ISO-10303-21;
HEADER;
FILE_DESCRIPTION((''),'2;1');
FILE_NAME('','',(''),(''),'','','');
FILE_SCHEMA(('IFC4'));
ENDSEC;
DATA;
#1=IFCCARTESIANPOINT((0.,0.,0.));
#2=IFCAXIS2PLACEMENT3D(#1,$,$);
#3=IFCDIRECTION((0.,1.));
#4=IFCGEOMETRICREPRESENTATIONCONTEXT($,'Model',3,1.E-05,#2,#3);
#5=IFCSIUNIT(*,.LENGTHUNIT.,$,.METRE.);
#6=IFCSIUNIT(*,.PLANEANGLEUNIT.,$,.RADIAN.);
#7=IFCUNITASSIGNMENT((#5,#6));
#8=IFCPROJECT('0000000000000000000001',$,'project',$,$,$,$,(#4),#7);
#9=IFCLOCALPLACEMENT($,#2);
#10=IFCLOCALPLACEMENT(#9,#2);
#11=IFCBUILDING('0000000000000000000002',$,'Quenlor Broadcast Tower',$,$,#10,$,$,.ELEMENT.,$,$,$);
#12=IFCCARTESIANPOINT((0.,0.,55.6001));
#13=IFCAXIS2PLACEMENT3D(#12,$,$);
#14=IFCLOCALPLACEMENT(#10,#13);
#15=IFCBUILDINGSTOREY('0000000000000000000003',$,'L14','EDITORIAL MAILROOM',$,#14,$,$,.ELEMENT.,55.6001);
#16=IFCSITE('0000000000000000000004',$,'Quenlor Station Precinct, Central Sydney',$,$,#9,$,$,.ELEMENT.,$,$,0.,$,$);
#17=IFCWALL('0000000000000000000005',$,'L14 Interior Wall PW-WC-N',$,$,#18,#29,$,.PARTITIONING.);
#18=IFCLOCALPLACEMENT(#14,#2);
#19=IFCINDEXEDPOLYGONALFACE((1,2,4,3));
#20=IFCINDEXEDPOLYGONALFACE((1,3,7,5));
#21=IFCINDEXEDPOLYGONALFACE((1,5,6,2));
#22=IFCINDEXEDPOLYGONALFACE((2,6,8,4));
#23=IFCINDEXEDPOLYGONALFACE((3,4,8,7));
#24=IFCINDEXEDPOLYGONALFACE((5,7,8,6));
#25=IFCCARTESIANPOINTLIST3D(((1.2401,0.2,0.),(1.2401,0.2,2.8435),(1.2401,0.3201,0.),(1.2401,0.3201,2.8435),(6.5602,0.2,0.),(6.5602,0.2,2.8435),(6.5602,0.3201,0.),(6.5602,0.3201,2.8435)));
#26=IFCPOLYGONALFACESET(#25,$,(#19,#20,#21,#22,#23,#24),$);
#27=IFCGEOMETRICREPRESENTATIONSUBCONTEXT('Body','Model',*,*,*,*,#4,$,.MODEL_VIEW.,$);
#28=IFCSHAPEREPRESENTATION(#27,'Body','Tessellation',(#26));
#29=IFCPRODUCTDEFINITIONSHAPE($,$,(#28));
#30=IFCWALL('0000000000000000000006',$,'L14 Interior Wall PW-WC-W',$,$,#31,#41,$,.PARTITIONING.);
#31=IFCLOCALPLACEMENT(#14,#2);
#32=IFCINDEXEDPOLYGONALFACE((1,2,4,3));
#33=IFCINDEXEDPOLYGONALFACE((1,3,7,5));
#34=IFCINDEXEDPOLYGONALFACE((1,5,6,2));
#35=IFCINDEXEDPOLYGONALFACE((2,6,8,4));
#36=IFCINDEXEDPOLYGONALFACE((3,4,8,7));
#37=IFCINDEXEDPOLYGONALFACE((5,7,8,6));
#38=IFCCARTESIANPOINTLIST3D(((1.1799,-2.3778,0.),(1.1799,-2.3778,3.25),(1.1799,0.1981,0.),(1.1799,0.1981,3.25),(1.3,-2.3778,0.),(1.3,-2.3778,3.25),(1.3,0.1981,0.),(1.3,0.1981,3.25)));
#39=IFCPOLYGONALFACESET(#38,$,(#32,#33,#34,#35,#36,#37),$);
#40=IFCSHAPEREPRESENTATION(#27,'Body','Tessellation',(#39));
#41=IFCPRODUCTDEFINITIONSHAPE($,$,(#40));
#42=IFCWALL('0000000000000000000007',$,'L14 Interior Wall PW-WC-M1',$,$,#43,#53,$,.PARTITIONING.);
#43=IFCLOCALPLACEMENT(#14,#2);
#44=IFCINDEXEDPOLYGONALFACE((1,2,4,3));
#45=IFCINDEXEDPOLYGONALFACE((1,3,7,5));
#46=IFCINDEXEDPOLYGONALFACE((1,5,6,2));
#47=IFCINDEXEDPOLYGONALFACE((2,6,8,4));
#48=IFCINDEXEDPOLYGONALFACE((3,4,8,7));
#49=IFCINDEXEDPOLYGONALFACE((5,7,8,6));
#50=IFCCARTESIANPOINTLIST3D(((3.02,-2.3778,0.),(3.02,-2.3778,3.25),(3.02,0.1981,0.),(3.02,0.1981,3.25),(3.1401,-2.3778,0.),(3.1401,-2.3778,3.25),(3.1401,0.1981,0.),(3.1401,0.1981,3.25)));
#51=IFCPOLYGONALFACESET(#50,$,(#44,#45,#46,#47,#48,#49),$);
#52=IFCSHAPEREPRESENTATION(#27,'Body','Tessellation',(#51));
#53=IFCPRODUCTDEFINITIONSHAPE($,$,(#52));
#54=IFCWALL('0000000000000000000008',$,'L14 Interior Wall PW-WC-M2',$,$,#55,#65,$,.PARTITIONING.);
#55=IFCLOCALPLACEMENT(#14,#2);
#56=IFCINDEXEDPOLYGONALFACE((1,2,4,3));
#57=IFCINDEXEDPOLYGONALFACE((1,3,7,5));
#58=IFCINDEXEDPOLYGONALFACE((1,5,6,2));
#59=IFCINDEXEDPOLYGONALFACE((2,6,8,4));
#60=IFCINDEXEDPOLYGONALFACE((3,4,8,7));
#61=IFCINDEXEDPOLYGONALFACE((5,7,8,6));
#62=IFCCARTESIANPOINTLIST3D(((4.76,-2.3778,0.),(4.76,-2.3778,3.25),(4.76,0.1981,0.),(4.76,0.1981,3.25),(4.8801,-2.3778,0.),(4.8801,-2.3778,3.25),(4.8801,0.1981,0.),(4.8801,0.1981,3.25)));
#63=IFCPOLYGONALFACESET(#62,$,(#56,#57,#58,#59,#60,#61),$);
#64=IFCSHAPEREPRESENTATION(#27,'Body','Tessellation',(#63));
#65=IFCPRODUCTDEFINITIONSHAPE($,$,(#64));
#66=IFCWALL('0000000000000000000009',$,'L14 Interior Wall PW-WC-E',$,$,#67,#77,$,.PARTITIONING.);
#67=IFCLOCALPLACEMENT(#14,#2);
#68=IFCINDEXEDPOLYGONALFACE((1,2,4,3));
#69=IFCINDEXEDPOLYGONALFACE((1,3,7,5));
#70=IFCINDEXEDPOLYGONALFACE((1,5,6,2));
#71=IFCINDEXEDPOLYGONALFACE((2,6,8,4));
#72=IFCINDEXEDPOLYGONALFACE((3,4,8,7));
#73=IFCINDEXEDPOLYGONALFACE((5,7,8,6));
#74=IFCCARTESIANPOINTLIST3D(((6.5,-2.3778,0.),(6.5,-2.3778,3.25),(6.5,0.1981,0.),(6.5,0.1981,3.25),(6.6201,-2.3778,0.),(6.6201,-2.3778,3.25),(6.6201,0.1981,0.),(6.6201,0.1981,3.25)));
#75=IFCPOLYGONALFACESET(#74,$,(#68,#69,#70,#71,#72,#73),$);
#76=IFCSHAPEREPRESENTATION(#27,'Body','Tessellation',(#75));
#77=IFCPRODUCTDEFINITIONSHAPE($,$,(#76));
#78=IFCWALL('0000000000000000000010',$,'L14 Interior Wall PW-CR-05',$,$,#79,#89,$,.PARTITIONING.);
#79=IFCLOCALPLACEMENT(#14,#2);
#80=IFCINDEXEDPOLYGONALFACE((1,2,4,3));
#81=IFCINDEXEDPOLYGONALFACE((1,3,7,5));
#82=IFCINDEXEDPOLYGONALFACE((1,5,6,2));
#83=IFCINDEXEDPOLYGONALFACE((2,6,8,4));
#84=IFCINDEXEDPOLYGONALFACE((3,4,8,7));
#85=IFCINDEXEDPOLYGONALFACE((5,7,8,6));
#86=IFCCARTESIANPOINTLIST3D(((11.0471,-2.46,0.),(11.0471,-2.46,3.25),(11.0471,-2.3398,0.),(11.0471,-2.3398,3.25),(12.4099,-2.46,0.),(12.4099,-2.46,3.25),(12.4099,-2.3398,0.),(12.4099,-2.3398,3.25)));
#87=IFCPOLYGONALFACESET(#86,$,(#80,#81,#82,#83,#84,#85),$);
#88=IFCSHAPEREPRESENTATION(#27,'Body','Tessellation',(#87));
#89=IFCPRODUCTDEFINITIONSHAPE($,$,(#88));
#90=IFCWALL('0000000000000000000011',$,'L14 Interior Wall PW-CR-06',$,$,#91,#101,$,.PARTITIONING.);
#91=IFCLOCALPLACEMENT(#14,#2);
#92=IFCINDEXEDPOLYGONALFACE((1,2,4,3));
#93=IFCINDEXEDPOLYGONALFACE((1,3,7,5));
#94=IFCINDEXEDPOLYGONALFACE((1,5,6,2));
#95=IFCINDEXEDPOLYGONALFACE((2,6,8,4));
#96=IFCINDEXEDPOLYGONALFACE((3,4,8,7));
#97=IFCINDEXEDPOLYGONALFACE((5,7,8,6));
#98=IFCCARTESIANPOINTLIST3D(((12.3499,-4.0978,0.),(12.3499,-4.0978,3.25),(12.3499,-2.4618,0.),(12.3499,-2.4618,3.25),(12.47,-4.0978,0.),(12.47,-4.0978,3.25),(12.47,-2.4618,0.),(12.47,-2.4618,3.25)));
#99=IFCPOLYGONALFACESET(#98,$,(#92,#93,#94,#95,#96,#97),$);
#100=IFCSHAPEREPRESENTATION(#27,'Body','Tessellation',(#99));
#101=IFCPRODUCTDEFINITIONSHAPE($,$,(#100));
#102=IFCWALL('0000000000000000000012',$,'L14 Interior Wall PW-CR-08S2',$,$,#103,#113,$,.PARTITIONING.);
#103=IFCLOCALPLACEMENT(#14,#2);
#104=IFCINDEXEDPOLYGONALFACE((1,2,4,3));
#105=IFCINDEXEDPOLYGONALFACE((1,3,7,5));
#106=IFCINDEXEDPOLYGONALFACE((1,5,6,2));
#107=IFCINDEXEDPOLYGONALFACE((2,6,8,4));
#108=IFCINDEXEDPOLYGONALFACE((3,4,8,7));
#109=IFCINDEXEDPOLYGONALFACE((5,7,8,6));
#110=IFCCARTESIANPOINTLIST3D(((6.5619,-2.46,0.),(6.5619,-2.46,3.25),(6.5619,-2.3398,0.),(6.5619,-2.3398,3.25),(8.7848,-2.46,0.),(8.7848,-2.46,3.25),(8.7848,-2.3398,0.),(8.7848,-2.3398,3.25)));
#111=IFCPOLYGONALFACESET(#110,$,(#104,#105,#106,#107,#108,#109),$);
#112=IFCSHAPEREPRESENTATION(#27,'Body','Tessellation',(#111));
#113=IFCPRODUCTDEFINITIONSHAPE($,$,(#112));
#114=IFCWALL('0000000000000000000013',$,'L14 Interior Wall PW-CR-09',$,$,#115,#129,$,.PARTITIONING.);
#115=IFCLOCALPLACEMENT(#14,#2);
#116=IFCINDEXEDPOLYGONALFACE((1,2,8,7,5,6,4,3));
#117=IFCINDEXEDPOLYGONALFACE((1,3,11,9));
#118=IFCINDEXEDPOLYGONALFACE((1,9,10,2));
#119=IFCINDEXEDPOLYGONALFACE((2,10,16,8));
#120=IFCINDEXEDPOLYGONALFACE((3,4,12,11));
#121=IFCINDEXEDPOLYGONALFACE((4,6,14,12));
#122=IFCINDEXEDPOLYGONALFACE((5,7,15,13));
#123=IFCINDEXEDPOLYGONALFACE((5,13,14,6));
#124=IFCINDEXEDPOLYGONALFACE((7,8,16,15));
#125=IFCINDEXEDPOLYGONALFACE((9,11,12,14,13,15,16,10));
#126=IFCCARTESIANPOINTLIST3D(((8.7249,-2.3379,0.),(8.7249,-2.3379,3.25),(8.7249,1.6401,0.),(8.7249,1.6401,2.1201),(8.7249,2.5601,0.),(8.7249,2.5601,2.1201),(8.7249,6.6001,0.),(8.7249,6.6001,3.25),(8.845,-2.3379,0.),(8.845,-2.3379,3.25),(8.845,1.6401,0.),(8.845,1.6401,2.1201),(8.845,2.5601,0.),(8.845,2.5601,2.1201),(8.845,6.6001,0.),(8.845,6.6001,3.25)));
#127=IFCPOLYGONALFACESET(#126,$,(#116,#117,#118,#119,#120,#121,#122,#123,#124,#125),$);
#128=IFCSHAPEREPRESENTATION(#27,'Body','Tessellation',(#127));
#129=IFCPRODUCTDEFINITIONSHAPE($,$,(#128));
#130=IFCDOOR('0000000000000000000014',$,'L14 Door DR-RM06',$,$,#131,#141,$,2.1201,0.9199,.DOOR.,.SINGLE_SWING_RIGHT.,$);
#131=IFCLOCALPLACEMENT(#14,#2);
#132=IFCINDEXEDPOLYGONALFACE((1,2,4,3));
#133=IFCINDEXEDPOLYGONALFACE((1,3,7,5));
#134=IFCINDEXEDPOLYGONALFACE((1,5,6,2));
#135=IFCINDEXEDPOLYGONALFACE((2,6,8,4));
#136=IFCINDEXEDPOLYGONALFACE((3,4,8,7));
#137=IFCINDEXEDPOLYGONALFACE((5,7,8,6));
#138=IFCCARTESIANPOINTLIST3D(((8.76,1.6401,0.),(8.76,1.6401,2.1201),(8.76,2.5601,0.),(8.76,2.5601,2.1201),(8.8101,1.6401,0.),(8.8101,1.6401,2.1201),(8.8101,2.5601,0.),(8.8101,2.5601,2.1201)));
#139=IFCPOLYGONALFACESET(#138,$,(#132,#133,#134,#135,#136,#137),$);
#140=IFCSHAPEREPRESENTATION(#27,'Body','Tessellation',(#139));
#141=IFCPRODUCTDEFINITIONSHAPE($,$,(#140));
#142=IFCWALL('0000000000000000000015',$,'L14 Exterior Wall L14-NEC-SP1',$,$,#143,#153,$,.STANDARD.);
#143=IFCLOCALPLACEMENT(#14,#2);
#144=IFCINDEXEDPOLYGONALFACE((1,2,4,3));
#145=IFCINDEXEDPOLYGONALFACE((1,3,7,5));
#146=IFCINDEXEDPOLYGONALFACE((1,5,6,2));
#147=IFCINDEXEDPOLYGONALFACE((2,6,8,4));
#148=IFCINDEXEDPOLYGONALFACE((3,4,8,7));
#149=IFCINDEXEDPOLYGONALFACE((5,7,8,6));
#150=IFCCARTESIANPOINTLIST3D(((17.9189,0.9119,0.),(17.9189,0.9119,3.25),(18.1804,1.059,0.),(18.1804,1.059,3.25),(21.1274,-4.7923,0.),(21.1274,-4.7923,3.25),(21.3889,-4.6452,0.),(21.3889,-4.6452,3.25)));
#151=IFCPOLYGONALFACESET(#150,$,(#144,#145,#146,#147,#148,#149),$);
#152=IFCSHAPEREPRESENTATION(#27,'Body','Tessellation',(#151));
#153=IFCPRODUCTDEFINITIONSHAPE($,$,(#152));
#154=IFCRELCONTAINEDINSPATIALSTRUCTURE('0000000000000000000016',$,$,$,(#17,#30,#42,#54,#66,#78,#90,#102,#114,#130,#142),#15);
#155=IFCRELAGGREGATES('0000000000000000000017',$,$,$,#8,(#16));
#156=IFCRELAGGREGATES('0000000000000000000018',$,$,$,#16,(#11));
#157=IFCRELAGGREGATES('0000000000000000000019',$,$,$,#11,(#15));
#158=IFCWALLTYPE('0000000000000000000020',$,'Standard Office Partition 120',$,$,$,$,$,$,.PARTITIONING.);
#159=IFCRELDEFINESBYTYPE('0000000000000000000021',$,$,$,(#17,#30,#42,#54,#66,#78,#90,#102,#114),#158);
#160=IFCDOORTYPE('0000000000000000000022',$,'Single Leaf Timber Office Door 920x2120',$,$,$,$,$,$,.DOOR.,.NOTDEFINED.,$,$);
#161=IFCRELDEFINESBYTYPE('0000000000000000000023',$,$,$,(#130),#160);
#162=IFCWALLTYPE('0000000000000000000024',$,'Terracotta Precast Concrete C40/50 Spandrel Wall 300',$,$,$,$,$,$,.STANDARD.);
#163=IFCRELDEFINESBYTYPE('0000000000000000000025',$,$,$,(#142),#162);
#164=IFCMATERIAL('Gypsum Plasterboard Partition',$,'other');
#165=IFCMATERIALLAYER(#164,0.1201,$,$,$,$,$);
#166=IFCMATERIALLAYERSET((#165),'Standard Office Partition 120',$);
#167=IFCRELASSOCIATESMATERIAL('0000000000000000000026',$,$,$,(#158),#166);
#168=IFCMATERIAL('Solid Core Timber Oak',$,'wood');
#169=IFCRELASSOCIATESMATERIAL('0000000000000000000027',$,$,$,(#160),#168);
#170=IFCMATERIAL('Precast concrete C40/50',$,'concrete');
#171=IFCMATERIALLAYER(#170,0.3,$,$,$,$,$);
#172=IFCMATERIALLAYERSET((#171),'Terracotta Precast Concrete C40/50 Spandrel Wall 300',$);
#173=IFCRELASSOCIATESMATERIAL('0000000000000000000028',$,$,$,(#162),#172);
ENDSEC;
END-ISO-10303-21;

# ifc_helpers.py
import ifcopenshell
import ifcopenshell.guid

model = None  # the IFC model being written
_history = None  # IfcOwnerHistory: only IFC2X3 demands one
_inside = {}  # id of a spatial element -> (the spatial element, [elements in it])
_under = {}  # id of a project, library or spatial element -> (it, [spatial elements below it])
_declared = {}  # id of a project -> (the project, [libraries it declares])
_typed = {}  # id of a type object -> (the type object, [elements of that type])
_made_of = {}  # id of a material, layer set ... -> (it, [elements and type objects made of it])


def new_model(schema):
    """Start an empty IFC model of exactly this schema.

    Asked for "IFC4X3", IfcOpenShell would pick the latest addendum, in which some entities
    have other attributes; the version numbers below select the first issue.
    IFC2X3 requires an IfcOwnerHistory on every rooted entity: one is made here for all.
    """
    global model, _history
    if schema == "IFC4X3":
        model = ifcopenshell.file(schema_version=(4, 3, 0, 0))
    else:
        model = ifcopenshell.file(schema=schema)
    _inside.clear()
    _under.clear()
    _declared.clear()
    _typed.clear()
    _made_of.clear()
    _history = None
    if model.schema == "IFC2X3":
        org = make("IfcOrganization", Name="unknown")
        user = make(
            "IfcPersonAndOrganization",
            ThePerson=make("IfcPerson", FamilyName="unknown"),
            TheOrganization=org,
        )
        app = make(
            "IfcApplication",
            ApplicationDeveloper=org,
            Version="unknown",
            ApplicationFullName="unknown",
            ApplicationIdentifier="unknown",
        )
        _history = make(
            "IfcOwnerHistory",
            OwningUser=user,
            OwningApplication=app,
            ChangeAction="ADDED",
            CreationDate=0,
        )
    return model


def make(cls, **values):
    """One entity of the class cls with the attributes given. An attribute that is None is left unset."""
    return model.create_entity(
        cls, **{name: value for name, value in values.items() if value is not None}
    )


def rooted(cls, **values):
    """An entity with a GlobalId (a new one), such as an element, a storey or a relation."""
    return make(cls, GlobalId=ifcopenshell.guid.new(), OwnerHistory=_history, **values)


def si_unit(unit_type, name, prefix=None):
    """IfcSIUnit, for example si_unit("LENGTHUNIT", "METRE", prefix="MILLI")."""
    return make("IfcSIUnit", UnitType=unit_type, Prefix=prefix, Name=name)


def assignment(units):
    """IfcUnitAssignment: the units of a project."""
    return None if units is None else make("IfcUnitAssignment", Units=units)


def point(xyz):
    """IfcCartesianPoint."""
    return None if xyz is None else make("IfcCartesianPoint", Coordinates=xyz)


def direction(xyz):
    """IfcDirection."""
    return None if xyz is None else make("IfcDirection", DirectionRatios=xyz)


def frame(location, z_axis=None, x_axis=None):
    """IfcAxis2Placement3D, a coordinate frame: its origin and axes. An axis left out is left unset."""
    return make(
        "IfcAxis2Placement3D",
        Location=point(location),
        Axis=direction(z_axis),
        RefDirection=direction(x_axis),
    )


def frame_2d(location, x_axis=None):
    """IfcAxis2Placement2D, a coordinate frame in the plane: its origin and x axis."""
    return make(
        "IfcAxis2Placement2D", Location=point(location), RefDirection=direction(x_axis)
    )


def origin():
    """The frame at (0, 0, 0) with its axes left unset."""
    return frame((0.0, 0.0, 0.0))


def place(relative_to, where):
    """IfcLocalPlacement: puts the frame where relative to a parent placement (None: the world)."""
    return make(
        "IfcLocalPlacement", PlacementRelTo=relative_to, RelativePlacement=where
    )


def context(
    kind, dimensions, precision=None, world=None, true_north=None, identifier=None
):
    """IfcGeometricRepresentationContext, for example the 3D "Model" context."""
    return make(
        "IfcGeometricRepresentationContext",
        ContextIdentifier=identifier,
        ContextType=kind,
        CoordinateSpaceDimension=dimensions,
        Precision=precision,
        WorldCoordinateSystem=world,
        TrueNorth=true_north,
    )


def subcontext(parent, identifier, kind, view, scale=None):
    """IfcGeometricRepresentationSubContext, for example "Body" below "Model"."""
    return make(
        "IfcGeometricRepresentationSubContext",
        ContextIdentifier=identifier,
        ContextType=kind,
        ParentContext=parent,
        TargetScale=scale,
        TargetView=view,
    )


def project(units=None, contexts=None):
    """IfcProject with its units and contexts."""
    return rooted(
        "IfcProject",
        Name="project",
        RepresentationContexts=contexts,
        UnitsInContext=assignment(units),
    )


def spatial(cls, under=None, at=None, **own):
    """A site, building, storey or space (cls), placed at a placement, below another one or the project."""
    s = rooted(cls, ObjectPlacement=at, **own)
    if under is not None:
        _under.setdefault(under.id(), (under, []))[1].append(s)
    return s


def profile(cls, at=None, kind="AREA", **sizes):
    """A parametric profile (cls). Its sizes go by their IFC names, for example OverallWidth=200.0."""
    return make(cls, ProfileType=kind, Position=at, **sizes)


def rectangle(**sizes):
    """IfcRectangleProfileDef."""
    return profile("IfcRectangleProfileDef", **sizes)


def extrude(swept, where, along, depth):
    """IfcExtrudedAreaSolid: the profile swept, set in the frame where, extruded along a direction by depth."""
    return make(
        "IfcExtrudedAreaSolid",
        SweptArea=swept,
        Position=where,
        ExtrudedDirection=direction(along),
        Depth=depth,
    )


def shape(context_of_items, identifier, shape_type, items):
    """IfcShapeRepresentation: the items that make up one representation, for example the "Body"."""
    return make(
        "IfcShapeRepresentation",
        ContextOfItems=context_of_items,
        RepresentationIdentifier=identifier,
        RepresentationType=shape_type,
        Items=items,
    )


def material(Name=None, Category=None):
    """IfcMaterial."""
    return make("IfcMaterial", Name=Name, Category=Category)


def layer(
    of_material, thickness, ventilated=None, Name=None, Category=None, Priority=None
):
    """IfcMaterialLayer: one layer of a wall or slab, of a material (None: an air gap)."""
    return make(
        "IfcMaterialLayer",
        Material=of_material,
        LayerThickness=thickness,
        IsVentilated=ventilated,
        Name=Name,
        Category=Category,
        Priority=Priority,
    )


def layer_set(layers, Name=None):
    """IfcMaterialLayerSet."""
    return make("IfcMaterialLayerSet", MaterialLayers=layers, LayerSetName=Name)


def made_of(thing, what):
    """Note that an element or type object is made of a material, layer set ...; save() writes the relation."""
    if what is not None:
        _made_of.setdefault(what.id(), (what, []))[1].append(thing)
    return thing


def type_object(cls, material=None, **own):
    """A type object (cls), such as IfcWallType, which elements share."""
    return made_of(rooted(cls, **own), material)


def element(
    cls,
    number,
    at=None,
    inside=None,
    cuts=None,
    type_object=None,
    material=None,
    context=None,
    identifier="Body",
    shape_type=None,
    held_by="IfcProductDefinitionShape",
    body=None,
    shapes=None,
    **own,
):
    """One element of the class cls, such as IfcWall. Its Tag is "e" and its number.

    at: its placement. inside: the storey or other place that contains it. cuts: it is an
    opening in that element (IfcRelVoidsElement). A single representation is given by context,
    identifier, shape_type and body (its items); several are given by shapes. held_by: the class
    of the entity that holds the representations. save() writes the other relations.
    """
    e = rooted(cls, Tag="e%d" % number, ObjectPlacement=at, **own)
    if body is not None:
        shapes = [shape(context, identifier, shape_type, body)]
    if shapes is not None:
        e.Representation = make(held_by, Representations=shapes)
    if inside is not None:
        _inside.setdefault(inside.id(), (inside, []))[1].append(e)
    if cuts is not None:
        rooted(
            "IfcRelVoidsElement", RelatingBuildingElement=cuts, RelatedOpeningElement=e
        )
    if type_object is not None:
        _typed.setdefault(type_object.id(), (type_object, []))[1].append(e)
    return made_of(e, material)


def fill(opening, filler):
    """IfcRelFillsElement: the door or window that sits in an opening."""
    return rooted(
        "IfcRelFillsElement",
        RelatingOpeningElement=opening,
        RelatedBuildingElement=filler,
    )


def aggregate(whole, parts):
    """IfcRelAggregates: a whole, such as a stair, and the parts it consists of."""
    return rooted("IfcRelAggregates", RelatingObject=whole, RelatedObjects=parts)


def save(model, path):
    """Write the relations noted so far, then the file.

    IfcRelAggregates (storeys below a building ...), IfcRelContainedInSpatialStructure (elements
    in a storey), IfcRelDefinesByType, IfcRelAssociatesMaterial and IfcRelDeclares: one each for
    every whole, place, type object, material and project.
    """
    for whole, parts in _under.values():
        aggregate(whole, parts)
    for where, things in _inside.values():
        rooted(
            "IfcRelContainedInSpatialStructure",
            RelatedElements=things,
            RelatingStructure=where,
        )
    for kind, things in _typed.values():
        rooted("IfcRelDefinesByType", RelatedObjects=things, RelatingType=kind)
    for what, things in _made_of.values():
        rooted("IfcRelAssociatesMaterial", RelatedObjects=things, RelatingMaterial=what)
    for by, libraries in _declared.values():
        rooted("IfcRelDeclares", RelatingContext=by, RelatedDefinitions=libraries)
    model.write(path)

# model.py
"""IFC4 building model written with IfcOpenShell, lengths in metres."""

from ifc_helpers import new_model, si_unit, direction, frame, frame_2d, origin, place, context, subcontext, project, spatial, rectangle, extrude, material, layer, layer_set, type_object, element, fill, save


model = new_model("IFC4")

# Units and contexts
model_context = context("Model", 3, precision=1e-05, world=origin(), true_north=direction((0.0, 1.0)))
body_context = subcontext(model_context, "Body", "Model", "MODEL_VIEW")
ifc_project = project(units=[si_unit("LENGTHUNIT", "METRE"), si_unit("PLANEANGLEUNIT", "RADIAN")], contexts=[model_context])

# Site, building, storey
site_placement = place(None, origin())
site = spatial("IfcSite", under=ifc_project, at=site_placement, Name="Quenlor Station Precinct, Central Sydney", CompositionType="ELEMENT", RefElevation=0.0)
building_placement = place(site_placement, origin())
building = spatial("IfcBuilding", under=site, at=building_placement, Name="Quenlor Broadcast Tower", CompositionType="ELEMENT")
storey_placement = place(building_placement, frame((0.0, 0.0, 55.6001)))
storey = spatial("IfcBuildingStorey", under=building, at=storey_placement, Name="L14", Description="EDITORIAL MAILROOM", CompositionType="ELEMENT", Elevation=55.6001)

# Shared definitions
ifc_material_1 = material(Name="Gypsum Plasterboard Partition", Category="other")
ifc_layer_1 = layer(ifc_material_1, 0.1201)
ifc_layer_set_1 = layer_set([ifc_layer_1], Name="Standard Office Partition 120")
wall_type_1 = type_object("IfcWallType", Name="Standard Office Partition 120", PredefinedType="PARTITIONING", material=ifc_layer_set_1)

# Walls
wall_1_placement = place(storey_placement, frame((1.24, 0.26, 0.0), z_axis=(0.0, 0.0, 1.0), x_axis=(1.0, 0.0, 0.0)))
element("IfcWall", 1, at=wall_1_placement, inside=storey, type_object=wall_type_1, Name="L14 Interior Wall PW-WC-N", PredefinedType="PARTITIONING", context=body_context, shape_type="SweptSolid", body=[
    extrude(rectangle(XDim=5.3201, YDim=0.1201, at=frame_2d((2.6602, 0.0))), origin(), (0.0, 0.0, 1.0), 2.8435),
])
for number, where, z_axis, x_axis, name in (
    (2, (1.24, -2.3779, 0.0), (0.0, 0.0, 1.0), (0.0, 1.0, 0.0), "L14 Interior Wall PW-WC-W"),
    (3, (3.0801, -2.3779, 0.0), (0.0, 0.0, 1.0), (0.0, 1.0, 0.0), "L14 Interior Wall PW-WC-M1"),
    (4, (4.8201, -2.3779, 0.0), (0.0, 0.0, 1.0), (0.0, 1.0, 0.0), "L14 Interior Wall PW-WC-M2"),
    (5, (6.5601, -2.3779, 0.0), (0.0, 0.0, 1.0), (0.0, 1.0, 0.0), "L14 Interior Wall PW-WC-E"),
):
    element("IfcWall", number, at=place(storey_placement, frame(where, z_axis=z_axis, x_axis=x_axis)), inside=storey, type_object=wall_type_1, Name=name, PredefinedType="PARTITIONING", context=body_context, shape_type="SweptSolid", body=[
        extrude(rectangle(XDim=2.5759, YDim=0.1201, at=frame_2d((1.2881, 0.0))), origin(), (0.0, 0.0, 1.0), 3.25),
    ])
wall_2_placement = place(storey_placement, frame((11.0471, -2.3999, 0.0), z_axis=(0.0, 0.0, 1.0), x_axis=(1.0, 0.0, 0.0)))
element("IfcWall", 6, at=wall_2_placement, inside=storey, type_object=wall_type_1, Name="L14 Interior Wall PW-CR-05", PredefinedType="PARTITIONING", context=body_context, shape_type="SweptSolid", body=[
    extrude(rectangle(XDim=1.3628, YDim=0.1201, at=frame_2d((0.6814, 0.0))), origin(), (0.0, 0.0, 1.0), 3.25),
])
wall_3_placement = place(storey_placement, frame((12.4099, -2.4619, 0.0), z_axis=(0.0, 0.0, 1.0), x_axis=(0.0, -1.0, 0.0)))
element("IfcWall", 7, at=wall_3_placement, inside=storey, type_object=wall_type_1, Name="L14 Interior Wall PW-CR-06", PredefinedType="PARTITIONING", context=body_context, shape_type="SweptSolid", body=[
    extrude(rectangle(XDim=1.636, YDim=0.1201, at=frame_2d((0.8179, 0.0))), origin(), (0.0, 0.0, 1.0), 3.25),
])
wall_4_placement = place(storey_placement, frame((6.562, -2.3999, 0.0), z_axis=(0.0, 0.0, 1.0), x_axis=(1.0, 0.0, 0.0)))
element("IfcWall", 8, at=wall_4_placement, inside=storey, type_object=wall_type_1, Name="L14 Interior Wall PW-CR-08S2", PredefinedType="PARTITIONING", context=body_context, shape_type="SweptSolid", body=[
    extrude(rectangle(XDim=2.2229, YDim=0.1201, at=frame_2d((1.1113, 0.0))), origin(), (0.0, 0.0, 1.0), 3.25),
])

# Wall, opening, door
wall_5_placement = place(storey_placement, frame((8.7849, -2.3379, 0.0), z_axis=(0.0, 0.0, 1.0), x_axis=(0.0, 1.0, 0.0)))
wall_5 = element("IfcWall", 9, at=wall_5_placement, inside=storey, type_object=wall_type_1, Name="L14 Interior Wall PW-CR-09", PredefinedType="PARTITIONING", context=body_context, shape_type="SweptSolid", body=[
    extrude(rectangle(XDim=8.938, YDim=0.1201, at=frame_2d((4.469, 0.0))), origin(), (0.0, 0.0, 1.0), 3.25),
])
opening_1_placement = place(wall_5_placement, frame((3.978, 0.0, 0.0)))
opening_1 = element("IfcOpeningElement", 10, at=opening_1_placement, cuts=wall_5, PredefinedType="OPENING", context=body_context, shape_type="SweptSolid", body=[
    extrude(rectangle(XDim=0.9199, YDim=2.1201, at=frame_2d((0.46, 1.0601))), frame((0.0, 0.0701, 0.0), z_axis=(0.0, -1.0, 0.0), x_axis=(1.0, 0.0, 0.0)), (0.0, 0.0, 1.0), 0.1401),
])
ifc_material_2 = material(Name="Solid Core Timber Oak", Category="wood")
door_type_1 = type_object("IfcDoorType", Name="Single Leaf Timber Office Door 920x2120", OperationType="NOTDEFINED", PredefinedType="DOOR", material=ifc_material_2)
door_1_placement = place(opening_1_placement, origin())
door_1 = element("IfcDoor", 11, at=door_1_placement, inside=storey, type_object=door_type_1, Name="L14 Door DR-RM06", OperationType="SINGLE_SWING_RIGHT", OverallHeight=2.1201, OverallWidth=0.9199, PredefinedType="DOOR", context=body_context, shape_type="SweptSolid", body=[
    extrude(rectangle(XDim=0.9199, YDim=2.1201, at=frame_2d((0.46, 1.0601))), frame((0.0, 0.0249, 0.0), z_axis=(0.0, -1.0, 0.0), x_axis=(1.0, 0.0, 0.0)), (0.0, 0.0, 1.0), 0.05),
])
fill(opening_1, door_1)

# Wall
ifc_material_3 = material(Name="Precast concrete C40/50", Category="concrete")
ifc_layer_2 = layer(ifc_material_3, 0.3)
ifc_layer_set_2 = layer_set([ifc_layer_2], Name="Terracotta Precast Concrete C40/50 Spandrel Wall 300")
wall_type_2 = type_object("IfcWallType", Name="Terracotta Precast Concrete C40/50 Spandrel Wall 300", PredefinedType="STANDARD", material=ifc_layer_set_2)
wall_6_placement = place(storey_placement, frame((18.0496, 0.9856, 0.0), z_axis=(0.0, 0.0, 1.0), x_axis=(0.490254, -0.87158, 0.0)))
element("IfcWall", 12, at=wall_6_placement, inside=storey, type_object=wall_type_2, Name="L14 Exterior Wall L14-NEC-SP1", PredefinedType="STANDARD", context=body_context, shape_type="SweptSolid", body=[
    extrude(rectangle(XDim=6.5447, YDim=0.3, at=frame_2d((3.2725, 0.0))), origin(), (0.0, 0.0, 1.0), 3.25),
])

save(model, "model.ifc")
